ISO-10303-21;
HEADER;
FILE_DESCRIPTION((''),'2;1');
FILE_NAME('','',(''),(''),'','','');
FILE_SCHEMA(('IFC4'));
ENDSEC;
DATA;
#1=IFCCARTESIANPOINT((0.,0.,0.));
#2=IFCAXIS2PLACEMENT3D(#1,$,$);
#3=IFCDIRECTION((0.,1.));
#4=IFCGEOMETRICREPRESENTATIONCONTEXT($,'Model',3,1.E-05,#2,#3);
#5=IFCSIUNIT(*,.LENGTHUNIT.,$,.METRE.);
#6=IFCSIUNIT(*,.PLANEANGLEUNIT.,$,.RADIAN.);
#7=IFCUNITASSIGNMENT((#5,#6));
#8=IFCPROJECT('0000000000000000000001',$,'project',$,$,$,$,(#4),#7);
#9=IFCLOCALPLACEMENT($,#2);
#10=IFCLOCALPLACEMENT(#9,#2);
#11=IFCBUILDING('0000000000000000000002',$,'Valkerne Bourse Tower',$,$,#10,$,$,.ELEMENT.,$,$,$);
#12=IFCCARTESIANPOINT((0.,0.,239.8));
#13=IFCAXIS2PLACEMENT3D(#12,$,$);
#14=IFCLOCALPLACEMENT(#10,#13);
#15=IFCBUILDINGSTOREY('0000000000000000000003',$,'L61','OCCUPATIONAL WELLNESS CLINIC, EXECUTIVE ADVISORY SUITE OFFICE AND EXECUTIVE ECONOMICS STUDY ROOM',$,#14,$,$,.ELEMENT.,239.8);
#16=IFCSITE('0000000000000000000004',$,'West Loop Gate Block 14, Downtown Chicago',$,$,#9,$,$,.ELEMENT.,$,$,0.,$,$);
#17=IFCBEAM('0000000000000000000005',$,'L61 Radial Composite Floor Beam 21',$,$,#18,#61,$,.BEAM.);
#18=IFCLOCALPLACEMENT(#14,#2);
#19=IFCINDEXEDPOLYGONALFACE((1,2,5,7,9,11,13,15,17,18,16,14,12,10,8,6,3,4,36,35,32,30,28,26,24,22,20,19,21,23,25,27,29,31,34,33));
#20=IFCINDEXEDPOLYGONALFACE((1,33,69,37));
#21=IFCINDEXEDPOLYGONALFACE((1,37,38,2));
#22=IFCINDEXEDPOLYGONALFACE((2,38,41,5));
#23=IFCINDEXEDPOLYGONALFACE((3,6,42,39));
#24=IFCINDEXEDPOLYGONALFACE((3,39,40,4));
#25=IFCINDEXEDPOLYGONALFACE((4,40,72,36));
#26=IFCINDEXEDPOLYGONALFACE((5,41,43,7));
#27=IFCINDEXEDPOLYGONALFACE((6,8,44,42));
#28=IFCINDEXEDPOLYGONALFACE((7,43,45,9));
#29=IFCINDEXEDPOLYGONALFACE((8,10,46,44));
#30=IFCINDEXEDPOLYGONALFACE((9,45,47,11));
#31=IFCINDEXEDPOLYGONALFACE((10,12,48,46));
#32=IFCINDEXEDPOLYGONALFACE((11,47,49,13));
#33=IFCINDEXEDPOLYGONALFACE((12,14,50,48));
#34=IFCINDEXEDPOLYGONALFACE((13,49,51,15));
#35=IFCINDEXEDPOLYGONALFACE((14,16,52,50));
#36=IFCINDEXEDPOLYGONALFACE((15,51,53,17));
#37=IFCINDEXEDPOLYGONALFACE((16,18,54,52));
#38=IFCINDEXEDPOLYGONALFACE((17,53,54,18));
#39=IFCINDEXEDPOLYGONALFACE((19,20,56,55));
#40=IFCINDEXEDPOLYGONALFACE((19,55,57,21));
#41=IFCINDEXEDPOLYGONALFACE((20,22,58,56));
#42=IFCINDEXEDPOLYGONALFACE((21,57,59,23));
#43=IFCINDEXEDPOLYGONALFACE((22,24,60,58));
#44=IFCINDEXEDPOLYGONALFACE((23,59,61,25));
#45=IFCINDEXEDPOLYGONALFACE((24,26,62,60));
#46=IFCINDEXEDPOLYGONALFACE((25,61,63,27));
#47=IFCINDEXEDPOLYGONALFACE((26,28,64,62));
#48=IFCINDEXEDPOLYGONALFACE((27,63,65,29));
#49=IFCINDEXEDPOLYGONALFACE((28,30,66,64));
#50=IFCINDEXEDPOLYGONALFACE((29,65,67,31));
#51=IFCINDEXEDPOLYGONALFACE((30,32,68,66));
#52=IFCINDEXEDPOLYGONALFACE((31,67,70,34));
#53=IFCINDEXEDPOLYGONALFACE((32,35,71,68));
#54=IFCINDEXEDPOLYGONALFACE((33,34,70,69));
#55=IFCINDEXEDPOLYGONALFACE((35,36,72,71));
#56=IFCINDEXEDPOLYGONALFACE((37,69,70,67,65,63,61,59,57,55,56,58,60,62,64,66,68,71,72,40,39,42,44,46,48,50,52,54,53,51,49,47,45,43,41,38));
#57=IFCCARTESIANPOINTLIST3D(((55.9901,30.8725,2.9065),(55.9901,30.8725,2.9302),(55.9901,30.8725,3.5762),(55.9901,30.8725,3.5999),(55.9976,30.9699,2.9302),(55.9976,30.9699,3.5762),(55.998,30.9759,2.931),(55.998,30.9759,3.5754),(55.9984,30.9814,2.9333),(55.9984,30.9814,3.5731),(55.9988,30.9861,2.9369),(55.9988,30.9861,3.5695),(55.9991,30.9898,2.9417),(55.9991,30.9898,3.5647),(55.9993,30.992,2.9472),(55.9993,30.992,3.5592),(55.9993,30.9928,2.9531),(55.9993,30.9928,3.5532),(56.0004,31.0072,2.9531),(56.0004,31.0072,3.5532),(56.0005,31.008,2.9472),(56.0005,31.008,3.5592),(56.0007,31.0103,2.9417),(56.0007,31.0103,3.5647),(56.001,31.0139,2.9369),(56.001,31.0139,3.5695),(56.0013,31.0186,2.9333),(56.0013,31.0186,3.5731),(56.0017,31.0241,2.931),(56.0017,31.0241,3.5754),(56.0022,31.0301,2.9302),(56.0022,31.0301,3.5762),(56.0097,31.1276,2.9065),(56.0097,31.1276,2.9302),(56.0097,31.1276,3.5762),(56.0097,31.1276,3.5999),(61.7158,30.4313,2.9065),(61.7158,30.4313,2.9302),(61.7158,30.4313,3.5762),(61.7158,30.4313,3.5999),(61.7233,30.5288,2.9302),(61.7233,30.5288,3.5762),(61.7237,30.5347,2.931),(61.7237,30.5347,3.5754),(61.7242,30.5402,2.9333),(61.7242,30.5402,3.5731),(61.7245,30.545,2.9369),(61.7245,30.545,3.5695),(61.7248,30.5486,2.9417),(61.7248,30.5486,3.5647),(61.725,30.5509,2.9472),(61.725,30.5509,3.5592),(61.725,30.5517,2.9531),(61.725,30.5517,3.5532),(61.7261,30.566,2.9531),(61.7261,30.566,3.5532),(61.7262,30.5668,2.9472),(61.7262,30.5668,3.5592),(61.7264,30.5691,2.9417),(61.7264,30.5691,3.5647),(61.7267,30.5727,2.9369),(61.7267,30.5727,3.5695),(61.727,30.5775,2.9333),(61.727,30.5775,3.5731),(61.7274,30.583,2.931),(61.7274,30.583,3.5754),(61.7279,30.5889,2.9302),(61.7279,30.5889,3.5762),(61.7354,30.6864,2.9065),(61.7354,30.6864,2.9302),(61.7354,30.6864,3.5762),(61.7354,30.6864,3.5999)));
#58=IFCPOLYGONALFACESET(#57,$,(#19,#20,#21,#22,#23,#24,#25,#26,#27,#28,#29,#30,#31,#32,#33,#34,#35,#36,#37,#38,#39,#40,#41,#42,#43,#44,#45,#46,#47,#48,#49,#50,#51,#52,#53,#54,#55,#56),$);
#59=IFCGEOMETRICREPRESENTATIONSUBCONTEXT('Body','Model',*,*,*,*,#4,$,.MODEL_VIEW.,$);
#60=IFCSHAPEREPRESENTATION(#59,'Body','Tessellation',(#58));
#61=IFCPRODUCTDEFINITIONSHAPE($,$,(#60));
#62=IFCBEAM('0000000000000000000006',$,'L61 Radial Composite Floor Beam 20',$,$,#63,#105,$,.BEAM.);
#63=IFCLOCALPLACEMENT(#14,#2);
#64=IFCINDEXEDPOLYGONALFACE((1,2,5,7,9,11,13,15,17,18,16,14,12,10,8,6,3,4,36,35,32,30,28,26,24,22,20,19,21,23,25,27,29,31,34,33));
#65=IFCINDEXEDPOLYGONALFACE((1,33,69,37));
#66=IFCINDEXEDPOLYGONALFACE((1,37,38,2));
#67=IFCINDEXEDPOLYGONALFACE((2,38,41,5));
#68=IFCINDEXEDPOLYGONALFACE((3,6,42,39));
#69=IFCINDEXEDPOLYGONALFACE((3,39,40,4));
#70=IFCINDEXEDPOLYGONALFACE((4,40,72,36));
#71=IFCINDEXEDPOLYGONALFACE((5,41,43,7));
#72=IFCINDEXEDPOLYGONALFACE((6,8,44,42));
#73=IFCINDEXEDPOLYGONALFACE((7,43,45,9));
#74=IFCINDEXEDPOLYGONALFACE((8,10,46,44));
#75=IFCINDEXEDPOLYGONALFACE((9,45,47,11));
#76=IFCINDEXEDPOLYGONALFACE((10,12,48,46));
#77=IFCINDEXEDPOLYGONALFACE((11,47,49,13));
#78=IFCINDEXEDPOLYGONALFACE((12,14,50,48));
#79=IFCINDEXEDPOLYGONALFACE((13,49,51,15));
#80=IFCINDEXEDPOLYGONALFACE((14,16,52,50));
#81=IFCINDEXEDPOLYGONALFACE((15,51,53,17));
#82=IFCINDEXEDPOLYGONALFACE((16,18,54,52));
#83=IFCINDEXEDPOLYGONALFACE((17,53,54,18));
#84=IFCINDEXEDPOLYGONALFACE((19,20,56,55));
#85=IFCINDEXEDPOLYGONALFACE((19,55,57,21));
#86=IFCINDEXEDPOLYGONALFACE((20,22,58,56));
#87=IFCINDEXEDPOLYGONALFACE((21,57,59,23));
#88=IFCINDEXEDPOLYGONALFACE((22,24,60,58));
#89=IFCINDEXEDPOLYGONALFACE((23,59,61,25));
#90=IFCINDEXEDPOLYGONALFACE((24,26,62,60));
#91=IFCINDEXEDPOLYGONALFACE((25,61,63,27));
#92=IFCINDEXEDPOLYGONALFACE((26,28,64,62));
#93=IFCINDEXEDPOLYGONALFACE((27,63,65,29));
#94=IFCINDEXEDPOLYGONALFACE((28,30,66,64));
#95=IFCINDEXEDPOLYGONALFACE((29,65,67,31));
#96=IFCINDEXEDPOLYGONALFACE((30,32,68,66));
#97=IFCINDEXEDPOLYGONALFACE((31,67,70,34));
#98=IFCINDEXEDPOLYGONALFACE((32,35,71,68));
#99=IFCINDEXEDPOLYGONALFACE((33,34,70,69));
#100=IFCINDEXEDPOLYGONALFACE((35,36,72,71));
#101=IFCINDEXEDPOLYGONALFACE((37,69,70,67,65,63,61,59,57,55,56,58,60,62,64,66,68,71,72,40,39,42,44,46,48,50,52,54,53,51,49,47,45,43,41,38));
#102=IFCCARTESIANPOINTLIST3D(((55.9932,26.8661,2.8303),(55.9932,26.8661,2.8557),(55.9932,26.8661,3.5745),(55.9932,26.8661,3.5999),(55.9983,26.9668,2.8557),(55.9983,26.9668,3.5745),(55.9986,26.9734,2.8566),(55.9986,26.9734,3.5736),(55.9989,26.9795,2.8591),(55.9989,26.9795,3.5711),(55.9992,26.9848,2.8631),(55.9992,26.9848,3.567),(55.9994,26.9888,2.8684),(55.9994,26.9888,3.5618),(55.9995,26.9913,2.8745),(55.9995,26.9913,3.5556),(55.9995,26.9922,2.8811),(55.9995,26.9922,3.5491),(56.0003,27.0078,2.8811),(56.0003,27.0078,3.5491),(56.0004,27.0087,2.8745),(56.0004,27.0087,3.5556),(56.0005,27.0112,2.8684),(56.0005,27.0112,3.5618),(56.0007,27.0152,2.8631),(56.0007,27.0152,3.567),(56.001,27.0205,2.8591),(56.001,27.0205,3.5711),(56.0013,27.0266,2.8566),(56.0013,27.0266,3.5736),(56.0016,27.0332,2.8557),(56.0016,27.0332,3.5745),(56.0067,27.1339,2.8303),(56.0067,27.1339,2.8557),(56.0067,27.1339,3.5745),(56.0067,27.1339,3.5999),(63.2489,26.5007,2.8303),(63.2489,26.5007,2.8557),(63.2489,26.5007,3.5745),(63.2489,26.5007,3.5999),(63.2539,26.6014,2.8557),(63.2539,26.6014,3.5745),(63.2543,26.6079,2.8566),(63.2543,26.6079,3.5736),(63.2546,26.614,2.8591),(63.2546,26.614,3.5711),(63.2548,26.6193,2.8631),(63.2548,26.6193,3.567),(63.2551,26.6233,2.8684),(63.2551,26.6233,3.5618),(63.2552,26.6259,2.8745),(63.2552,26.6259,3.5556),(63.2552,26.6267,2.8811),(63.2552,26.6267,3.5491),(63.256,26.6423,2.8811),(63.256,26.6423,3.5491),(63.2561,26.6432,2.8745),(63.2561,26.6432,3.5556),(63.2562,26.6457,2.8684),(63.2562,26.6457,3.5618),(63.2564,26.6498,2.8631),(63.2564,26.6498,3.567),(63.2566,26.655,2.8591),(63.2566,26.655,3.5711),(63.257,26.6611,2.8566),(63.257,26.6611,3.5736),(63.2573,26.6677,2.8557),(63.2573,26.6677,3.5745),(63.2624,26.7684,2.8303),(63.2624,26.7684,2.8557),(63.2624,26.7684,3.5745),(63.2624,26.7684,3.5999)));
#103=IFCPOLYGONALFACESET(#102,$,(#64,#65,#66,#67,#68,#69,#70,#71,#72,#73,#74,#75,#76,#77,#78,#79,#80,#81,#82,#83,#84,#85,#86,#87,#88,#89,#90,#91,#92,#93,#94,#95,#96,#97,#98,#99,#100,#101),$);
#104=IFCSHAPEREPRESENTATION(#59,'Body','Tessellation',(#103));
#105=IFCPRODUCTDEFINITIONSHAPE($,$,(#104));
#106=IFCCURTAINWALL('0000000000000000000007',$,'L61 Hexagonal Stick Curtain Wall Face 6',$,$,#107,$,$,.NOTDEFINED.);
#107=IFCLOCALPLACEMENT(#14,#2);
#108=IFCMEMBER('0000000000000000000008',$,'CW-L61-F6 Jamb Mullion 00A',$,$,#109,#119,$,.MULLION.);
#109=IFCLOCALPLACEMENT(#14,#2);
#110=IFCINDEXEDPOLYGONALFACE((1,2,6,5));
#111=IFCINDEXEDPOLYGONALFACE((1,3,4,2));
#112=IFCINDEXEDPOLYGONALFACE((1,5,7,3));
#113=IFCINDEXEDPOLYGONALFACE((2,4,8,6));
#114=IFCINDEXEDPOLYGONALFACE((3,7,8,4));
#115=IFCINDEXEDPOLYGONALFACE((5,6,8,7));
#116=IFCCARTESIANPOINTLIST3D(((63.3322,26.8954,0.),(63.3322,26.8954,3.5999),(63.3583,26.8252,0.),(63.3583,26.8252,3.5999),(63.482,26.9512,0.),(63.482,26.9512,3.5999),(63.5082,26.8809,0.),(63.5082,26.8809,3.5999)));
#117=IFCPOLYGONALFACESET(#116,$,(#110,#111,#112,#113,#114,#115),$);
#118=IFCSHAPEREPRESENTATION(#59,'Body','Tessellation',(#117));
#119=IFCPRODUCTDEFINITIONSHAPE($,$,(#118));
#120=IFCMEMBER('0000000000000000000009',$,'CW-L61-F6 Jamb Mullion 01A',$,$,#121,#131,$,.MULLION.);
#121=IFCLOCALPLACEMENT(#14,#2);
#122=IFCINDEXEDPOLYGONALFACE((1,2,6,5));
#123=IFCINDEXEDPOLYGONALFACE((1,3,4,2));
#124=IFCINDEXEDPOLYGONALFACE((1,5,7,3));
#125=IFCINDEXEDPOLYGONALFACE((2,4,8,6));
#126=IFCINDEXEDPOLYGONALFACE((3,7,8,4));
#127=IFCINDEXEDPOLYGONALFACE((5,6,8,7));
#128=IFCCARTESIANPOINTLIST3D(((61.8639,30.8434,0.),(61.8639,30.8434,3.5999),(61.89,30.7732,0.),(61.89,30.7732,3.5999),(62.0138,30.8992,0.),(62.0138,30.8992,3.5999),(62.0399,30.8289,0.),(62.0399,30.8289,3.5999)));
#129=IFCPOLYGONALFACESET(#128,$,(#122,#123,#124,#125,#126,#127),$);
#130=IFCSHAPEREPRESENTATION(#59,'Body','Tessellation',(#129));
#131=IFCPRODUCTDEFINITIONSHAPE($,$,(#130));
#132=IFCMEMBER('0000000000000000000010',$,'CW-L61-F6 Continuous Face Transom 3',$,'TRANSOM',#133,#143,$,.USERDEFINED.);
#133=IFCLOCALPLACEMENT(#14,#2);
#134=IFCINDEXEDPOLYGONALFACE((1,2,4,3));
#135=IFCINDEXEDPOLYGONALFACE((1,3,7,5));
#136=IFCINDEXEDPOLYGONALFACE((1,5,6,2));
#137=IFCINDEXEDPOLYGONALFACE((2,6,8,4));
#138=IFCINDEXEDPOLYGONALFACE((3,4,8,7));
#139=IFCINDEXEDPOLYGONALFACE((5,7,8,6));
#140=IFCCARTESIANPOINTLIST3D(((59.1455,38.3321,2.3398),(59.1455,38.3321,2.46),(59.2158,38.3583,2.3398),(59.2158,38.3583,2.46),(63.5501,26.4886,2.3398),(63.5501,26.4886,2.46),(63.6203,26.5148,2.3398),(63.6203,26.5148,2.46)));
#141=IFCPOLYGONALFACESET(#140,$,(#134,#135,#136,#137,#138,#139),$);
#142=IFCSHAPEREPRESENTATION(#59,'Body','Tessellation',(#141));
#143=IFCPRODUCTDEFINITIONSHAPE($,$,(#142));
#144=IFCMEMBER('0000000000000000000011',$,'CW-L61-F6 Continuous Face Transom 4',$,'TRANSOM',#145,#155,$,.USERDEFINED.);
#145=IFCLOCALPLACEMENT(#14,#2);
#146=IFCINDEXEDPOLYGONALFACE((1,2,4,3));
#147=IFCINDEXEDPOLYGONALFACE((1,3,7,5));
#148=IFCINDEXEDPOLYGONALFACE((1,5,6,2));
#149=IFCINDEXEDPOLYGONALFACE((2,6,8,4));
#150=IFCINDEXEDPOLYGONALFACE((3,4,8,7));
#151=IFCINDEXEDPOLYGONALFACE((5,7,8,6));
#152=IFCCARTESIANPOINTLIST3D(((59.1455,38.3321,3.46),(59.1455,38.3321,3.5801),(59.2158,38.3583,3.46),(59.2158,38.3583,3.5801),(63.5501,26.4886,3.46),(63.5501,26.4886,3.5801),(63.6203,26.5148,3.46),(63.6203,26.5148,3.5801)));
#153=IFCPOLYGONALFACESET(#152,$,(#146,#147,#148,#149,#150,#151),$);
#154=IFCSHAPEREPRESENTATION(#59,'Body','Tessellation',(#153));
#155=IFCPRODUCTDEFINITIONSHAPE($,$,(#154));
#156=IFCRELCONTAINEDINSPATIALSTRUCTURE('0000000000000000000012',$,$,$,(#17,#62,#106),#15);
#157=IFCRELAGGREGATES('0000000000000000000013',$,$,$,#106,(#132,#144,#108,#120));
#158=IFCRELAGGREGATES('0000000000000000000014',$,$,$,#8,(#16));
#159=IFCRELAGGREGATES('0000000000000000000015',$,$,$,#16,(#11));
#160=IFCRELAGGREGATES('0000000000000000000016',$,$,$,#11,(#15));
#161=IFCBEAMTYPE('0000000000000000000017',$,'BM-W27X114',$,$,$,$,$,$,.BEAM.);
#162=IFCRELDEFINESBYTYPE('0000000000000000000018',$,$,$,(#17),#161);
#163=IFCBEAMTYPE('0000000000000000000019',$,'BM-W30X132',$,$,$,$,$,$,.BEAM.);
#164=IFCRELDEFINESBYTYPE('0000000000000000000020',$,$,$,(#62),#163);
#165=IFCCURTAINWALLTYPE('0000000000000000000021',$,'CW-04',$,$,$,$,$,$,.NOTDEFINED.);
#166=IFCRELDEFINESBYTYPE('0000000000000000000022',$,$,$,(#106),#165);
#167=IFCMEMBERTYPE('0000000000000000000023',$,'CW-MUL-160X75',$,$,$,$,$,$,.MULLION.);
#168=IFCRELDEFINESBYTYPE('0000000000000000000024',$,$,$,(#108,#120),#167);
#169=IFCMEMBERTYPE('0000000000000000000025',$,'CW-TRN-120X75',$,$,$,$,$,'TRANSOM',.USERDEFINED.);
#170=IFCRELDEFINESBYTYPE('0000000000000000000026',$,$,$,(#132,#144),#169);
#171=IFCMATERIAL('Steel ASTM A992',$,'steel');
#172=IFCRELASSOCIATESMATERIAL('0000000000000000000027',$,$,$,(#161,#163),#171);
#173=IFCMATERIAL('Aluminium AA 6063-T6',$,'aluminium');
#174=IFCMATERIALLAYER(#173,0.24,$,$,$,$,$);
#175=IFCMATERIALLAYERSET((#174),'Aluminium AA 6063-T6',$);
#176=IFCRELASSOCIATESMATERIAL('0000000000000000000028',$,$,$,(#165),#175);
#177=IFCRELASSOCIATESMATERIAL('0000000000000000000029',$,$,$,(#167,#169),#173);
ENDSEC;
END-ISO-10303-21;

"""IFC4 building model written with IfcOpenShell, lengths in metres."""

from ifc_helpers import new_model, si_unit, direction, frame, origin, origin_2d, place, context, subcontext, project, spatial, rectangle, i_section, extrude, material, layer, layer_set, material_profile, profile_set, type_object, element, aggregate, save


model = new_model("IFC4")

# Units and contexts
model_context = context("Model", 3, precision=1e-05, world=origin(), true_north=direction((0.0, 1.0)))
body_context = subcontext(model_context, "Body", "Model", "MODEL_VIEW")
ifc_project = project(units=[si_unit("LENGTHUNIT", "METRE"), si_unit("PLANEANGLEUNIT", "RADIAN")], contexts=[model_context])

# Site, building, storey
site_placement = place(None, origin())
site = spatial("IfcSite", under=ifc_project, at=site_placement, Name="West Loop Gate Block 14, Downtown Chicago", CompositionType="ELEMENT", RefElevation=0.0)
building_placement = place(site_placement, origin())
building = spatial("IfcBuilding", under=site, at=building_placement, Name="Valkerne Bourse Tower", CompositionType="ELEMENT")
storey_placement = place(building_placement, frame((0.0, 0.0, 239.8)))
storey = spatial("IfcBuildingStorey", under=building, at=storey_placement, Name="L61", Description="OCCUPATIONAL WELLNESS CLINIC, EXECUTIVE ADVISORY SUITE OFFICE AND EXECUTIVE ECONOMICS STUDY ROOM", CompositionType="ELEMENT", Elevation=239.8)

# Beams
ifc_material_1 = material(Name="Steel ASTM A992", Category="steel")
ifc_material_profile_1 = material_profile(ifc_material_1, i_section(OverallWidth=0.2559, OverallDepth=0.6934, WebThickness=0.0144, FlangeThickness=0.0237, FilletRadius=0.0229, at=origin_2d()), Name="W27X114")
ifc_profile_set_1 = profile_set([ifc_material_profile_1], Name="Steel ASTM A992")
beam_type_1 = type_object("IfcBeamType", Name="BM-W27X114", PredefinedType="BEAM", material=ifc_profile_set_1)
beam_1_placement = place(storey_placement, frame((61.7256, 30.5588, 3.2532), z_axis=(-0.997045, 0.076823, 0.0), x_axis=(-0.076823, -0.997045, 0.0)))
element("IfcBeam", 1, at=beam_1_placement, inside=storey, type_object=beam_type_1, Name="L61 Radial Composite Floor Beam 21", PredefinedType="BEAM", context=body_context, shape_type="SweptSolid", body=[
    extrude(i_section(OverallWidth=0.2559, OverallDepth=0.6934, WebThickness=0.0144, FlangeThickness=0.0237, FilletRadius=0.0229, at=origin_2d()), origin(), (0.0, 0.0, 1.0), 5.7427),
])
ifc_material_profile_2 = material_profile(ifc_material_1, i_section(OverallWidth=0.2681, OverallDepth=0.7695, WebThickness=0.0156, FlangeThickness=0.0254, FilletRadius=0.0254, at=origin_2d()), Name="W30X132")
ifc_profile_set_2 = profile_set([ifc_material_profile_2], Name="Steel ASTM A992")
beam_type_2 = type_object("IfcBeamType", Name="BM-W30X132", PredefinedType="BEAM", material=ifc_profile_set_2)
beam_2_placement = place(storey_placement, frame((63.2556, 26.6345, 3.2151), z_axis=(-0.998734, 0.050308, 0.0), x_axis=(-0.050308, -0.998734, 0.0)))
element("IfcBeam", 2, at=beam_2_placement, inside=storey, type_object=beam_type_2, Name="L61 Radial Composite Floor Beam 20", PredefinedType="BEAM", context=body_context, shape_type="SweptSolid", body=[
    extrude(i_section(OverallWidth=0.2681, OverallDepth=0.7695, WebThickness=0.0156, FlangeThickness=0.0254, FilletRadius=0.0254, at=origin_2d()), origin(), (0.0, 0.0, 1.0), 7.2649),
])

# Curtain wall, members
ifc_material_2 = material(Name="Aluminium AA 6063-T6", Category="aluminium")
ifc_layer_1 = layer(ifc_material_2, 0.24)
ifc_layer_set_1 = layer_set([ifc_layer_1], Name="Aluminium AA 6063-T6")
curtain_wall_type = type_object("IfcCurtainWallType", Name="CW-04", PredefinedType="NOTDEFINED", material=ifc_layer_set_1)
curtain_wall_placement = place(storey_placement, origin())
curtain_wall = element("IfcCurtainWall", 3, at=curtain_wall_placement, inside=storey, type_object=curtain_wall_type, Name="L61 Hexagonal Stick Curtain Wall Face 6", PredefinedType="NOTDEFINED")
ifc_material_profile_3 = material_profile(ifc_material_2, rectangle(XDim=0.075, YDim=0.1599, at=origin_2d()), Name="CWM-75X160")
ifc_profile_set_3 = profile_set([ifc_material_profile_3], Name="Aluminium AA 6063-T6")
member_type_1 = type_object("IfcMemberType", Name="CW-MUL-160X75", PredefinedType="MULLION", material=ifc_profile_set_3)
member_1_placement = place(storey_placement, frame((63.4202, 26.8882, 0.0), z_axis=(0.0, 0.0, 1.0), x_axis=(-0.348578, 0.93728, 0.0)))
member_1 = element("IfcMember", 4, at=member_1_placement, type_object=member_type_1, Name="CW-L61-F6 Jamb Mullion 00A", PredefinedType="MULLION", context=body_context, shape_type="SweptSolid", body=[
    extrude(rectangle(XDim=0.075, YDim=0.1599, at=origin_2d()), origin(), (0.0, 0.0, 1.0), 3.5999),
])
member_2_placement = place(storey_placement, frame((61.9519, 30.8362, 0.0), z_axis=(0.0, 0.0, 1.0), x_axis=(-0.34857, 0.937283, 0.0)))
member_2 = element("IfcMember", 5, at=member_2_placement, type_object=member_type_1, Name="CW-L61-F6 Jamb Mullion 01A", PredefinedType="MULLION", context=body_context, shape_type="SweptSolid", body=[
    extrude(rectangle(XDim=0.075, YDim=0.1599, at=origin_2d()), origin(), (0.0, 0.0, 1.0), 3.5999),
])
ifc_material_profile_4 = material_profile(ifc_material_2, rectangle(XDim=0.075, YDim=0.1201, at=origin_2d()), Name="CWT-75X120")
ifc_profile_set_4 = profile_set([ifc_material_profile_4], Name="Aluminium AA 6063-T6")
member_type_2 = type_object("IfcMemberType", Name="CW-TRN-120X75", ElementType="TRANSOM", PredefinedType="USERDEFINED", material=ifc_profile_set_4)
member_3_placement = place(storey_placement, frame((63.5852, 26.5017, 2.3999), z_axis=(-0.348571, 0.937282, 0.0), x_axis=(-0.937282, -0.348571, 0.0)))
member_3 = element("IfcMember", 6, at=member_3_placement, type_object=member_type_2, Name="CW-L61-F6 Continuous Face Transom 3", ObjectType="TRANSOM", PredefinedType="USERDEFINED", context=body_context, shape_type="SweptSolid", body=[
    extrude(rectangle(XDim=0.075, YDim=0.1201, at=origin_2d()), origin(), (0.0, 0.0, 1.0), 12.636),
])
member_4_placement = place(storey_placement, frame((63.5852, 26.5017, 3.52), z_axis=(-0.348571, 0.937282, 0.0), x_axis=(-0.937282, -0.348571, 0.0)))
member_4 = element("IfcMember", 7, at=member_4_placement, type_object=member_type_2, Name="CW-L61-F6 Continuous Face Transom 4", ObjectType="TRANSOM", PredefinedType="USERDEFINED", context=body_context, shape_type="SweptSolid", body=[
    extrude(rectangle(XDim=0.075, YDim=0.1201, at=origin_2d()), origin(), (0.0, 0.0, 1.0), 12.636),
])

aggregate(curtain_wall, [member_3, member_4, member_1, member_2])

save(model, "model.ifc")
